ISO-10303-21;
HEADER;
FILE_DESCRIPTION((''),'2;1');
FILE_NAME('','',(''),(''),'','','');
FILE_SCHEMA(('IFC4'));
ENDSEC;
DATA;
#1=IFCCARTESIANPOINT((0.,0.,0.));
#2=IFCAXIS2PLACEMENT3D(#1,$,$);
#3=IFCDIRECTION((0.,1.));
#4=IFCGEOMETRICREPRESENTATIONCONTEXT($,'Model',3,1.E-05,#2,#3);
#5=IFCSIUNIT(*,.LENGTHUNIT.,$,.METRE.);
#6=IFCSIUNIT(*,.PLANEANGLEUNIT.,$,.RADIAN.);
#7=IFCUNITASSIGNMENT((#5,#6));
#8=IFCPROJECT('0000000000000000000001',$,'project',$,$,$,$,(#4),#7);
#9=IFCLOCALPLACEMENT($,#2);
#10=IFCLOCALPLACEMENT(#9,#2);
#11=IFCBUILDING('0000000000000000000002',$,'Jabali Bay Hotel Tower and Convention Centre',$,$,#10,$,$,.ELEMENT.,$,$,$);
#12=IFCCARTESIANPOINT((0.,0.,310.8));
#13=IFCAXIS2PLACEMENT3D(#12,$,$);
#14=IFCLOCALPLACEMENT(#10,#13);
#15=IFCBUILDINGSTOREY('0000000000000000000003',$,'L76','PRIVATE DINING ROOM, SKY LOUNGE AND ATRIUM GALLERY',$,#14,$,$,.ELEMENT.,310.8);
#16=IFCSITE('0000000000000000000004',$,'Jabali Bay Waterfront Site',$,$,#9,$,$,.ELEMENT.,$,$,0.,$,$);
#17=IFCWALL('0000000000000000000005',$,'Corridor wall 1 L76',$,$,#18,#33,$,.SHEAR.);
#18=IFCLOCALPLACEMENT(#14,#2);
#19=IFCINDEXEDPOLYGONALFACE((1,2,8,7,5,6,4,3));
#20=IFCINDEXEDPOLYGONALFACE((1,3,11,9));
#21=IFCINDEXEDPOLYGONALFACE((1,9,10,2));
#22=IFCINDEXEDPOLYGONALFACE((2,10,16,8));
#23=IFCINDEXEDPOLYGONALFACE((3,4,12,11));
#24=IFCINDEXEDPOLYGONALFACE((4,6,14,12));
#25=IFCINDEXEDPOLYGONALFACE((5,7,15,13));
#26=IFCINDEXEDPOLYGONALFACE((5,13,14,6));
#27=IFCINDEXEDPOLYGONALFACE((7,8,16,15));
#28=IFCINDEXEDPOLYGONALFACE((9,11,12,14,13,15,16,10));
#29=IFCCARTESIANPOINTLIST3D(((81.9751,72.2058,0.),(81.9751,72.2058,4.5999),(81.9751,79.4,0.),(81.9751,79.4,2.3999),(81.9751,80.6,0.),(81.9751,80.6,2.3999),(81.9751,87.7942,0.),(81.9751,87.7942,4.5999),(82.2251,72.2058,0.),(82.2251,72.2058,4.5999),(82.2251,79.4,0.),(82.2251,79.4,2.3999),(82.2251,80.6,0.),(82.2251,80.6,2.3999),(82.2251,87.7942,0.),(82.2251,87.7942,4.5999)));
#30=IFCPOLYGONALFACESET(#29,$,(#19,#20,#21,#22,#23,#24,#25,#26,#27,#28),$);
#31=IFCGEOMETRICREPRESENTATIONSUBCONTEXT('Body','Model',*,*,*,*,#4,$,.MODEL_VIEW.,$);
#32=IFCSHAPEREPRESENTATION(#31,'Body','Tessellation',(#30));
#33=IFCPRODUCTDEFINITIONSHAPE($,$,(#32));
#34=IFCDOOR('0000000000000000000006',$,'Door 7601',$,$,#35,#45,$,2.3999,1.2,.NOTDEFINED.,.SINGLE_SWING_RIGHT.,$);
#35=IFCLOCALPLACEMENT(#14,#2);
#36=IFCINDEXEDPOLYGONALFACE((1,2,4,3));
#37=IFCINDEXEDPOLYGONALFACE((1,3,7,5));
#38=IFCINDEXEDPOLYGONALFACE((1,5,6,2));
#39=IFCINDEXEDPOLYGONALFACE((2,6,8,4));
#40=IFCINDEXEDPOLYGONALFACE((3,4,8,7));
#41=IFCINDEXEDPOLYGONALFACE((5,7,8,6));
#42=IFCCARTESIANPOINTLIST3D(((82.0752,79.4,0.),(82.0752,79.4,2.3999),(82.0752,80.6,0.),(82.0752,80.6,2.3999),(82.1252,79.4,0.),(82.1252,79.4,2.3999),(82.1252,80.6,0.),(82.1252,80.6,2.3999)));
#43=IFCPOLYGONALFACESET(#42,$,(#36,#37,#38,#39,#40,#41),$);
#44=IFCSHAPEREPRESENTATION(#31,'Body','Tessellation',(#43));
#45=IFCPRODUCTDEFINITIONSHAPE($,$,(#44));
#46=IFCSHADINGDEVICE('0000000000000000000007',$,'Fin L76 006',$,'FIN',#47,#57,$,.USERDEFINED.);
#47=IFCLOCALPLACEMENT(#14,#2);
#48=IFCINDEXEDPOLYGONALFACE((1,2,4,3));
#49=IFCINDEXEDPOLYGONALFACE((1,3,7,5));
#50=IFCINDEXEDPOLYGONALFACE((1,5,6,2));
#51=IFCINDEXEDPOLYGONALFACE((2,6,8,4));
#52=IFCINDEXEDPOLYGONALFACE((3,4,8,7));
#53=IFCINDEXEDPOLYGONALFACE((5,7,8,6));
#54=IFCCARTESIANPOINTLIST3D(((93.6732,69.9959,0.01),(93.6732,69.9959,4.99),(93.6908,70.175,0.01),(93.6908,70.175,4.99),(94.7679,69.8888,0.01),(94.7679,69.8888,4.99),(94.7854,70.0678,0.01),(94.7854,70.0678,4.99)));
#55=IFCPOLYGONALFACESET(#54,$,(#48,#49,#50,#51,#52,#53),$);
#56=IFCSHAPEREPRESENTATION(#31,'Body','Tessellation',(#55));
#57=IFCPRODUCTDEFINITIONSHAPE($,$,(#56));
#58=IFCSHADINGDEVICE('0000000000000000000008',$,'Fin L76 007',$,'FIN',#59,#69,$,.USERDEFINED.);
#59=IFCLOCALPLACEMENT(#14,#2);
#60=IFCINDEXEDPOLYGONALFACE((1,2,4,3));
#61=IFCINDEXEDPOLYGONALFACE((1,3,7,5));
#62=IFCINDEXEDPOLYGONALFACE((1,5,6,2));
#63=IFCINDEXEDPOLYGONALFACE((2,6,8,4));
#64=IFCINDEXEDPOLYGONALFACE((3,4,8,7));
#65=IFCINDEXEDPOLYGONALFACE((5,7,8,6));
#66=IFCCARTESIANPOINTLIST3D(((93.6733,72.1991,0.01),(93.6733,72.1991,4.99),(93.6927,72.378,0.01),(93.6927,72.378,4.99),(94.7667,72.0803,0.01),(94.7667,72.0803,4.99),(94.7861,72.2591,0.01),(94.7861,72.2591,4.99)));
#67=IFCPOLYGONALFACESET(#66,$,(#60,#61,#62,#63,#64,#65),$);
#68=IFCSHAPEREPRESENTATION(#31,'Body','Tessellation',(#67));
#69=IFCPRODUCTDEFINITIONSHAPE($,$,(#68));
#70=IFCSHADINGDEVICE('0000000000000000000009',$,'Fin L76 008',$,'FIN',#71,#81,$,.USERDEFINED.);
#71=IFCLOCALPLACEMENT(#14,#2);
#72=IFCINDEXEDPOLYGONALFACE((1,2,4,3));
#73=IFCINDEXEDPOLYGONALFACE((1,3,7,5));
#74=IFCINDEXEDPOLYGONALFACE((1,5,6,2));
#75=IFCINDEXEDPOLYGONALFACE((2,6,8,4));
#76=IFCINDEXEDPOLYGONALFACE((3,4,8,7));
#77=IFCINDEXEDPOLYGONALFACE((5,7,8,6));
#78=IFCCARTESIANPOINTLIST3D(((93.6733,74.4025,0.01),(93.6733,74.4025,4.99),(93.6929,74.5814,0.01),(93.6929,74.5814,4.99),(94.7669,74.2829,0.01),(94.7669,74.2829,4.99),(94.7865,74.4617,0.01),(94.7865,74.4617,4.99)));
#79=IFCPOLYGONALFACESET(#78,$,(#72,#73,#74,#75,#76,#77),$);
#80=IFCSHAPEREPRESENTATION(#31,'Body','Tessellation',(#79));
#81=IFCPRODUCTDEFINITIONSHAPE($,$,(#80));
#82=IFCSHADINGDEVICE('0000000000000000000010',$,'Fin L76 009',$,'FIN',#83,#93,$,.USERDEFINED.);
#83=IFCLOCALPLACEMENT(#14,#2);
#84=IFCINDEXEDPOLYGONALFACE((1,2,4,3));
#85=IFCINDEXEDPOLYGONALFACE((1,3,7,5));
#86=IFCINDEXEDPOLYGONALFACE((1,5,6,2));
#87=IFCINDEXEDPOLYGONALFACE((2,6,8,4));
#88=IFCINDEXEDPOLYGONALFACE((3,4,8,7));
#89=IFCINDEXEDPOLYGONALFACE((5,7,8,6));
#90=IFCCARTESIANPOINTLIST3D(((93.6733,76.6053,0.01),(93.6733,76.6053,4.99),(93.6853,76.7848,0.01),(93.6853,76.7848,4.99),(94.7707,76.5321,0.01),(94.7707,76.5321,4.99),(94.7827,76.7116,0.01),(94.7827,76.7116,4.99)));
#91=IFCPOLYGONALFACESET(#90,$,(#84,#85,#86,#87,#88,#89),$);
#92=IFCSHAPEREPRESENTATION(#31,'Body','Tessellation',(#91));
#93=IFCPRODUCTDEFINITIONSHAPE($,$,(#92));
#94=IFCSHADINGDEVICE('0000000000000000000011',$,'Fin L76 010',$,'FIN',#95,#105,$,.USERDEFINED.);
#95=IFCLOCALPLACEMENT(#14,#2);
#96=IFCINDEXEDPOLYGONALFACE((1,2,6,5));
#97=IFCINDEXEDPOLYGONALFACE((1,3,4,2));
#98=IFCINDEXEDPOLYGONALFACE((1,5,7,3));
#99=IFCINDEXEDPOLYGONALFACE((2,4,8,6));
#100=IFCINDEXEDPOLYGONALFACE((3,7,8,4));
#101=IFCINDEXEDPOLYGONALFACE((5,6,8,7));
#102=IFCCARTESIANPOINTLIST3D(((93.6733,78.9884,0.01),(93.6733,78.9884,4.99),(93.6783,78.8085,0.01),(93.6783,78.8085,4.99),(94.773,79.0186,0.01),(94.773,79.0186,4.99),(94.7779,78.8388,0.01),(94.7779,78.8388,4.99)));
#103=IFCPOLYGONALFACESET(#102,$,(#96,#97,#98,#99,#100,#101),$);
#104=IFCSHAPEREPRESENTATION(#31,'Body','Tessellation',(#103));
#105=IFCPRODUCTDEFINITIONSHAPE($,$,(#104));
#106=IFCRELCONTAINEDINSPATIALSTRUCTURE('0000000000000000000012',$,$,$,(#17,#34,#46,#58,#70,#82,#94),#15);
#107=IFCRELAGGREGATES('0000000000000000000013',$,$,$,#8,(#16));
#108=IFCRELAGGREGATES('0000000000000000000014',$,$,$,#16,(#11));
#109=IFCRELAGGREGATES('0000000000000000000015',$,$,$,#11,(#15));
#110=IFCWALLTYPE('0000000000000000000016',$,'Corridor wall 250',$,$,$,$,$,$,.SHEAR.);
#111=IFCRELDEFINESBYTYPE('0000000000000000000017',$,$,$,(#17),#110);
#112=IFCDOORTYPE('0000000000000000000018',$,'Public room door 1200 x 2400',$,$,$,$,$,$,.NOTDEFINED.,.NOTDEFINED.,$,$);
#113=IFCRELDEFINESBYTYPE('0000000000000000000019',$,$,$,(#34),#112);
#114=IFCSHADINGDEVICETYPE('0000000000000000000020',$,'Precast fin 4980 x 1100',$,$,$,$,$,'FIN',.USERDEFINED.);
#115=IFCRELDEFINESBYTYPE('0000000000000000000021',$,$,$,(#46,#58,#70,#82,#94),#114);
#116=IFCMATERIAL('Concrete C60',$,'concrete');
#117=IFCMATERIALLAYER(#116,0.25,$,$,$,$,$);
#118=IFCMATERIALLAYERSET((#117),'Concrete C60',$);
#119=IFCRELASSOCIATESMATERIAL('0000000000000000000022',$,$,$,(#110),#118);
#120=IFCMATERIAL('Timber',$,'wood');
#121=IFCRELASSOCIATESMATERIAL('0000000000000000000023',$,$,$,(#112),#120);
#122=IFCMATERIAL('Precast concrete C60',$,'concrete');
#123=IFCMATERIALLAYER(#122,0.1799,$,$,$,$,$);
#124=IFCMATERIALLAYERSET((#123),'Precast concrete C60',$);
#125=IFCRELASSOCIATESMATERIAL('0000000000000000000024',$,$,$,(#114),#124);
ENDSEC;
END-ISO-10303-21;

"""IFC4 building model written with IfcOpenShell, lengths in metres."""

from ifc_helpers import new_model, si_unit, direction, frame, frame_2d, origin, place, context, subcontext, project, spatial, rectangle, extrude, material, layer, layer_set, type_object, element, fill, save


model = new_model("IFC4")

# Units and contexts
model_context = context("Model", 3, precision=1e-05, world=origin(), true_north=direction((0.0, 1.0)))
body_context = subcontext(model_context, "Body", "Model", "MODEL_VIEW")
ifc_project = project(units=[si_unit("LENGTHUNIT", "METRE"), si_unit("PLANEANGLEUNIT", "RADIAN")], contexts=[model_context])

# Site, building, storey
site_placement = place(None, origin())
site = spatial("IfcSite", under=ifc_project, at=site_placement, Name="Jabali Bay Waterfront Site", CompositionType="ELEMENT", RefElevation=0.0)
building_placement = place(site_placement, origin())
building = spatial("IfcBuilding", under=site, at=building_placement, Name="Jabali Bay Hotel Tower and Convention Centre", CompositionType="ELEMENT")
storey_placement = place(building_placement, frame((0.0, 0.0, 310.8)))
storey = spatial("IfcBuildingStorey", under=building, at=storey_placement, Name="L76", Description="PRIVATE DINING ROOM, SKY LOUNGE AND ATRIUM GALLERY", CompositionType="ELEMENT", Elevation=310.8)

# Shared definitions
ifc_material_1 = material(Name="Concrete C60", Category="concrete")

# Wall, opening, door
ifc_layer_1 = layer(ifc_material_1, 0.25)
ifc_layer_set_1 = layer_set([ifc_layer_1], Name="Concrete C60")
wall_type_1 = type_object("IfcWallType", Name="Corridor wall 250", PredefinedType="SHEAR", material=ifc_layer_set_1)
wall_1_placement = place(storey_placement, frame((82.1001, 72.2058, 0.0), z_axis=(0.0, 0.0, 1.0), x_axis=(0.0, 1.0, 0.0)))
wall_1 = element("IfcWall", 1, at=wall_1_placement, inside=storey, type_object=wall_type_1, Name="Corridor wall 1 L76", PredefinedType="SHEAR", context=body_context, shape_type="SweptSolid", body=[
    extrude(rectangle(XDim=15.5884, YDim=0.25, at=frame_2d((7.7942, 0.0))), origin(), (0.0, 0.0, 1.0), 4.5999),
])
opening_1_placement = place(wall_1_placement, frame((7.1941, 0.0, 0.0)))
opening_1 = element("IfcOpeningElement", 2, at=opening_1_placement, cuts=wall_1, PredefinedType="OPENING", context=body_context, shape_type="SweptSolid", body=[
    extrude(rectangle(XDim=1.2, YDim=2.3999, at=frame_2d((0.6001, 1.2))), frame((0.0, 0.1355, 0.0), z_axis=(0.0, -1.0, 0.0), x_axis=(1.0, 0.0, 0.0)), (0.0, 0.0, 1.0), 0.271),
])
ifc_material_2 = material(Name="Timber", Category="wood")
door_type_1 = type_object("IfcDoorType", Name="Public room door 1200 x 2400", OperationType="NOTDEFINED", PredefinedType="NOTDEFINED", material=ifc_material_2)
door_1_placement = place(opening_1_placement, origin())
door_1 = element("IfcDoor", 3, at=door_1_placement, inside=storey, type_object=door_type_1, Name="Door 7601", OperationType="SINGLE_SWING_RIGHT", OverallHeight=2.3999, OverallWidth=1.2, PredefinedType="NOTDEFINED", context=body_context, shape_type="SweptSolid", body=[
    extrude(rectangle(XDim=1.2, YDim=2.3999, at=frame_2d((0.6001, 1.2))), frame((0.0, 0.0249, 0.0), z_axis=(0.0, -1.0, 0.0), x_axis=(1.0, 0.0, 0.0)), (0.0, 0.0, 1.0), 0.05),
])
fill(opening_1, door_1)

# Shading devices
ifc_material_3 = material(Name="Precast concrete C60", Category="concrete")
ifc_layer_2 = layer(ifc_material_3, 0.1799)
ifc_layer_set_2 = layer_set([ifc_layer_2], Name="Precast concrete C60")
shading_device_type = type_object("IfcShadingDeviceType", Name="Precast fin 4980 x 1100", ElementType="FIN", PredefinedType="USERDEFINED", material=ifc_layer_set_2)
for number, where, z_axis, x_axis, name in (
    (4, (93.6821, 70.0854, 0.01), (0.0, 0.0, 1.0), (0.995242, -0.097438, 0.0), "Fin L76 006"),
    (5, (93.6831, 72.2886, 0.01), (0.0, 0.0, 1.0), (0.994141, -0.108093, 0.0), "Fin L76 007"),
):
    element("IfcShadingDevice", number, at=place(storey_placement, frame(where, z_axis=z_axis, x_axis=x_axis)), inside=storey, type_object=shading_device_type, Name=name, ObjectType="FIN", PredefinedType="USERDEFINED", context=body_context, shape_type="SweptSolid", body=[
        extrude(rectangle(XDim=1.0999, YDim=0.1799, at=frame_2d((0.5498, 0.0))), origin(), (0.0, 0.0, 1.0), 4.98),
    ])
shading_device_1_placement = place(storey_placement, frame((93.6831, 74.4919, 0.01), z_axis=(0.0, 0.0, 1.0), x_axis=(0.994069, -0.108751, 0.0)))
element("IfcShadingDevice", 6, at=shading_device_1_placement, inside=storey, type_object=shading_device_type, Name="Fin L76 008", ObjectType="FIN", PredefinedType="USERDEFINED", context=body_context, shape_type="SweptSolid", body=[
    extrude(rectangle(XDim=1.1001, YDim=0.1799, at=frame_2d((0.55, 0.0))), origin(), (0.0, 0.0, 1.0), 4.98),
])
shading_device_2_placement = place(storey_placement, frame((93.6794, 76.6951, 0.01), z_axis=(0.0, 0.0, 1.0), x_axis=(0.99778, -0.066593, 0.0)))
element("IfcShadingDevice", 7, at=shading_device_2_placement, inside=storey, type_object=shading_device_type, Name="Fin L76 009", ObjectType="FIN", PredefinedType="USERDEFINED", context=body_context, shape_type="SweptSolid", body=[
    extrude(rectangle(XDim=1.0999, YDim=0.1799, at=frame_2d((0.5498, 0.0))), origin(), (0.0, 0.0, 1.0), 4.98),
])
shading_device_3_placement = place(storey_placement, frame((93.6758, 78.8984, 0.01), z_axis=(0.0, 0.0, 1.0), x_axis=(0.999621, 0.027521, 0.0)))
element("IfcShadingDevice", 8, at=shading_device_3_placement, inside=storey, type_object=shading_device_type, Name="Fin L76 010", ObjectType="FIN", PredefinedType="USERDEFINED", context=body_context, shape_type="SweptSolid", body=[
    extrude(rectangle(XDim=1.1001, YDim=0.1799, at=frame_2d((0.55, 0.0))), origin(), (0.0, 0.0, 1.0), 4.98),
])

save(model, "model.ifc")
